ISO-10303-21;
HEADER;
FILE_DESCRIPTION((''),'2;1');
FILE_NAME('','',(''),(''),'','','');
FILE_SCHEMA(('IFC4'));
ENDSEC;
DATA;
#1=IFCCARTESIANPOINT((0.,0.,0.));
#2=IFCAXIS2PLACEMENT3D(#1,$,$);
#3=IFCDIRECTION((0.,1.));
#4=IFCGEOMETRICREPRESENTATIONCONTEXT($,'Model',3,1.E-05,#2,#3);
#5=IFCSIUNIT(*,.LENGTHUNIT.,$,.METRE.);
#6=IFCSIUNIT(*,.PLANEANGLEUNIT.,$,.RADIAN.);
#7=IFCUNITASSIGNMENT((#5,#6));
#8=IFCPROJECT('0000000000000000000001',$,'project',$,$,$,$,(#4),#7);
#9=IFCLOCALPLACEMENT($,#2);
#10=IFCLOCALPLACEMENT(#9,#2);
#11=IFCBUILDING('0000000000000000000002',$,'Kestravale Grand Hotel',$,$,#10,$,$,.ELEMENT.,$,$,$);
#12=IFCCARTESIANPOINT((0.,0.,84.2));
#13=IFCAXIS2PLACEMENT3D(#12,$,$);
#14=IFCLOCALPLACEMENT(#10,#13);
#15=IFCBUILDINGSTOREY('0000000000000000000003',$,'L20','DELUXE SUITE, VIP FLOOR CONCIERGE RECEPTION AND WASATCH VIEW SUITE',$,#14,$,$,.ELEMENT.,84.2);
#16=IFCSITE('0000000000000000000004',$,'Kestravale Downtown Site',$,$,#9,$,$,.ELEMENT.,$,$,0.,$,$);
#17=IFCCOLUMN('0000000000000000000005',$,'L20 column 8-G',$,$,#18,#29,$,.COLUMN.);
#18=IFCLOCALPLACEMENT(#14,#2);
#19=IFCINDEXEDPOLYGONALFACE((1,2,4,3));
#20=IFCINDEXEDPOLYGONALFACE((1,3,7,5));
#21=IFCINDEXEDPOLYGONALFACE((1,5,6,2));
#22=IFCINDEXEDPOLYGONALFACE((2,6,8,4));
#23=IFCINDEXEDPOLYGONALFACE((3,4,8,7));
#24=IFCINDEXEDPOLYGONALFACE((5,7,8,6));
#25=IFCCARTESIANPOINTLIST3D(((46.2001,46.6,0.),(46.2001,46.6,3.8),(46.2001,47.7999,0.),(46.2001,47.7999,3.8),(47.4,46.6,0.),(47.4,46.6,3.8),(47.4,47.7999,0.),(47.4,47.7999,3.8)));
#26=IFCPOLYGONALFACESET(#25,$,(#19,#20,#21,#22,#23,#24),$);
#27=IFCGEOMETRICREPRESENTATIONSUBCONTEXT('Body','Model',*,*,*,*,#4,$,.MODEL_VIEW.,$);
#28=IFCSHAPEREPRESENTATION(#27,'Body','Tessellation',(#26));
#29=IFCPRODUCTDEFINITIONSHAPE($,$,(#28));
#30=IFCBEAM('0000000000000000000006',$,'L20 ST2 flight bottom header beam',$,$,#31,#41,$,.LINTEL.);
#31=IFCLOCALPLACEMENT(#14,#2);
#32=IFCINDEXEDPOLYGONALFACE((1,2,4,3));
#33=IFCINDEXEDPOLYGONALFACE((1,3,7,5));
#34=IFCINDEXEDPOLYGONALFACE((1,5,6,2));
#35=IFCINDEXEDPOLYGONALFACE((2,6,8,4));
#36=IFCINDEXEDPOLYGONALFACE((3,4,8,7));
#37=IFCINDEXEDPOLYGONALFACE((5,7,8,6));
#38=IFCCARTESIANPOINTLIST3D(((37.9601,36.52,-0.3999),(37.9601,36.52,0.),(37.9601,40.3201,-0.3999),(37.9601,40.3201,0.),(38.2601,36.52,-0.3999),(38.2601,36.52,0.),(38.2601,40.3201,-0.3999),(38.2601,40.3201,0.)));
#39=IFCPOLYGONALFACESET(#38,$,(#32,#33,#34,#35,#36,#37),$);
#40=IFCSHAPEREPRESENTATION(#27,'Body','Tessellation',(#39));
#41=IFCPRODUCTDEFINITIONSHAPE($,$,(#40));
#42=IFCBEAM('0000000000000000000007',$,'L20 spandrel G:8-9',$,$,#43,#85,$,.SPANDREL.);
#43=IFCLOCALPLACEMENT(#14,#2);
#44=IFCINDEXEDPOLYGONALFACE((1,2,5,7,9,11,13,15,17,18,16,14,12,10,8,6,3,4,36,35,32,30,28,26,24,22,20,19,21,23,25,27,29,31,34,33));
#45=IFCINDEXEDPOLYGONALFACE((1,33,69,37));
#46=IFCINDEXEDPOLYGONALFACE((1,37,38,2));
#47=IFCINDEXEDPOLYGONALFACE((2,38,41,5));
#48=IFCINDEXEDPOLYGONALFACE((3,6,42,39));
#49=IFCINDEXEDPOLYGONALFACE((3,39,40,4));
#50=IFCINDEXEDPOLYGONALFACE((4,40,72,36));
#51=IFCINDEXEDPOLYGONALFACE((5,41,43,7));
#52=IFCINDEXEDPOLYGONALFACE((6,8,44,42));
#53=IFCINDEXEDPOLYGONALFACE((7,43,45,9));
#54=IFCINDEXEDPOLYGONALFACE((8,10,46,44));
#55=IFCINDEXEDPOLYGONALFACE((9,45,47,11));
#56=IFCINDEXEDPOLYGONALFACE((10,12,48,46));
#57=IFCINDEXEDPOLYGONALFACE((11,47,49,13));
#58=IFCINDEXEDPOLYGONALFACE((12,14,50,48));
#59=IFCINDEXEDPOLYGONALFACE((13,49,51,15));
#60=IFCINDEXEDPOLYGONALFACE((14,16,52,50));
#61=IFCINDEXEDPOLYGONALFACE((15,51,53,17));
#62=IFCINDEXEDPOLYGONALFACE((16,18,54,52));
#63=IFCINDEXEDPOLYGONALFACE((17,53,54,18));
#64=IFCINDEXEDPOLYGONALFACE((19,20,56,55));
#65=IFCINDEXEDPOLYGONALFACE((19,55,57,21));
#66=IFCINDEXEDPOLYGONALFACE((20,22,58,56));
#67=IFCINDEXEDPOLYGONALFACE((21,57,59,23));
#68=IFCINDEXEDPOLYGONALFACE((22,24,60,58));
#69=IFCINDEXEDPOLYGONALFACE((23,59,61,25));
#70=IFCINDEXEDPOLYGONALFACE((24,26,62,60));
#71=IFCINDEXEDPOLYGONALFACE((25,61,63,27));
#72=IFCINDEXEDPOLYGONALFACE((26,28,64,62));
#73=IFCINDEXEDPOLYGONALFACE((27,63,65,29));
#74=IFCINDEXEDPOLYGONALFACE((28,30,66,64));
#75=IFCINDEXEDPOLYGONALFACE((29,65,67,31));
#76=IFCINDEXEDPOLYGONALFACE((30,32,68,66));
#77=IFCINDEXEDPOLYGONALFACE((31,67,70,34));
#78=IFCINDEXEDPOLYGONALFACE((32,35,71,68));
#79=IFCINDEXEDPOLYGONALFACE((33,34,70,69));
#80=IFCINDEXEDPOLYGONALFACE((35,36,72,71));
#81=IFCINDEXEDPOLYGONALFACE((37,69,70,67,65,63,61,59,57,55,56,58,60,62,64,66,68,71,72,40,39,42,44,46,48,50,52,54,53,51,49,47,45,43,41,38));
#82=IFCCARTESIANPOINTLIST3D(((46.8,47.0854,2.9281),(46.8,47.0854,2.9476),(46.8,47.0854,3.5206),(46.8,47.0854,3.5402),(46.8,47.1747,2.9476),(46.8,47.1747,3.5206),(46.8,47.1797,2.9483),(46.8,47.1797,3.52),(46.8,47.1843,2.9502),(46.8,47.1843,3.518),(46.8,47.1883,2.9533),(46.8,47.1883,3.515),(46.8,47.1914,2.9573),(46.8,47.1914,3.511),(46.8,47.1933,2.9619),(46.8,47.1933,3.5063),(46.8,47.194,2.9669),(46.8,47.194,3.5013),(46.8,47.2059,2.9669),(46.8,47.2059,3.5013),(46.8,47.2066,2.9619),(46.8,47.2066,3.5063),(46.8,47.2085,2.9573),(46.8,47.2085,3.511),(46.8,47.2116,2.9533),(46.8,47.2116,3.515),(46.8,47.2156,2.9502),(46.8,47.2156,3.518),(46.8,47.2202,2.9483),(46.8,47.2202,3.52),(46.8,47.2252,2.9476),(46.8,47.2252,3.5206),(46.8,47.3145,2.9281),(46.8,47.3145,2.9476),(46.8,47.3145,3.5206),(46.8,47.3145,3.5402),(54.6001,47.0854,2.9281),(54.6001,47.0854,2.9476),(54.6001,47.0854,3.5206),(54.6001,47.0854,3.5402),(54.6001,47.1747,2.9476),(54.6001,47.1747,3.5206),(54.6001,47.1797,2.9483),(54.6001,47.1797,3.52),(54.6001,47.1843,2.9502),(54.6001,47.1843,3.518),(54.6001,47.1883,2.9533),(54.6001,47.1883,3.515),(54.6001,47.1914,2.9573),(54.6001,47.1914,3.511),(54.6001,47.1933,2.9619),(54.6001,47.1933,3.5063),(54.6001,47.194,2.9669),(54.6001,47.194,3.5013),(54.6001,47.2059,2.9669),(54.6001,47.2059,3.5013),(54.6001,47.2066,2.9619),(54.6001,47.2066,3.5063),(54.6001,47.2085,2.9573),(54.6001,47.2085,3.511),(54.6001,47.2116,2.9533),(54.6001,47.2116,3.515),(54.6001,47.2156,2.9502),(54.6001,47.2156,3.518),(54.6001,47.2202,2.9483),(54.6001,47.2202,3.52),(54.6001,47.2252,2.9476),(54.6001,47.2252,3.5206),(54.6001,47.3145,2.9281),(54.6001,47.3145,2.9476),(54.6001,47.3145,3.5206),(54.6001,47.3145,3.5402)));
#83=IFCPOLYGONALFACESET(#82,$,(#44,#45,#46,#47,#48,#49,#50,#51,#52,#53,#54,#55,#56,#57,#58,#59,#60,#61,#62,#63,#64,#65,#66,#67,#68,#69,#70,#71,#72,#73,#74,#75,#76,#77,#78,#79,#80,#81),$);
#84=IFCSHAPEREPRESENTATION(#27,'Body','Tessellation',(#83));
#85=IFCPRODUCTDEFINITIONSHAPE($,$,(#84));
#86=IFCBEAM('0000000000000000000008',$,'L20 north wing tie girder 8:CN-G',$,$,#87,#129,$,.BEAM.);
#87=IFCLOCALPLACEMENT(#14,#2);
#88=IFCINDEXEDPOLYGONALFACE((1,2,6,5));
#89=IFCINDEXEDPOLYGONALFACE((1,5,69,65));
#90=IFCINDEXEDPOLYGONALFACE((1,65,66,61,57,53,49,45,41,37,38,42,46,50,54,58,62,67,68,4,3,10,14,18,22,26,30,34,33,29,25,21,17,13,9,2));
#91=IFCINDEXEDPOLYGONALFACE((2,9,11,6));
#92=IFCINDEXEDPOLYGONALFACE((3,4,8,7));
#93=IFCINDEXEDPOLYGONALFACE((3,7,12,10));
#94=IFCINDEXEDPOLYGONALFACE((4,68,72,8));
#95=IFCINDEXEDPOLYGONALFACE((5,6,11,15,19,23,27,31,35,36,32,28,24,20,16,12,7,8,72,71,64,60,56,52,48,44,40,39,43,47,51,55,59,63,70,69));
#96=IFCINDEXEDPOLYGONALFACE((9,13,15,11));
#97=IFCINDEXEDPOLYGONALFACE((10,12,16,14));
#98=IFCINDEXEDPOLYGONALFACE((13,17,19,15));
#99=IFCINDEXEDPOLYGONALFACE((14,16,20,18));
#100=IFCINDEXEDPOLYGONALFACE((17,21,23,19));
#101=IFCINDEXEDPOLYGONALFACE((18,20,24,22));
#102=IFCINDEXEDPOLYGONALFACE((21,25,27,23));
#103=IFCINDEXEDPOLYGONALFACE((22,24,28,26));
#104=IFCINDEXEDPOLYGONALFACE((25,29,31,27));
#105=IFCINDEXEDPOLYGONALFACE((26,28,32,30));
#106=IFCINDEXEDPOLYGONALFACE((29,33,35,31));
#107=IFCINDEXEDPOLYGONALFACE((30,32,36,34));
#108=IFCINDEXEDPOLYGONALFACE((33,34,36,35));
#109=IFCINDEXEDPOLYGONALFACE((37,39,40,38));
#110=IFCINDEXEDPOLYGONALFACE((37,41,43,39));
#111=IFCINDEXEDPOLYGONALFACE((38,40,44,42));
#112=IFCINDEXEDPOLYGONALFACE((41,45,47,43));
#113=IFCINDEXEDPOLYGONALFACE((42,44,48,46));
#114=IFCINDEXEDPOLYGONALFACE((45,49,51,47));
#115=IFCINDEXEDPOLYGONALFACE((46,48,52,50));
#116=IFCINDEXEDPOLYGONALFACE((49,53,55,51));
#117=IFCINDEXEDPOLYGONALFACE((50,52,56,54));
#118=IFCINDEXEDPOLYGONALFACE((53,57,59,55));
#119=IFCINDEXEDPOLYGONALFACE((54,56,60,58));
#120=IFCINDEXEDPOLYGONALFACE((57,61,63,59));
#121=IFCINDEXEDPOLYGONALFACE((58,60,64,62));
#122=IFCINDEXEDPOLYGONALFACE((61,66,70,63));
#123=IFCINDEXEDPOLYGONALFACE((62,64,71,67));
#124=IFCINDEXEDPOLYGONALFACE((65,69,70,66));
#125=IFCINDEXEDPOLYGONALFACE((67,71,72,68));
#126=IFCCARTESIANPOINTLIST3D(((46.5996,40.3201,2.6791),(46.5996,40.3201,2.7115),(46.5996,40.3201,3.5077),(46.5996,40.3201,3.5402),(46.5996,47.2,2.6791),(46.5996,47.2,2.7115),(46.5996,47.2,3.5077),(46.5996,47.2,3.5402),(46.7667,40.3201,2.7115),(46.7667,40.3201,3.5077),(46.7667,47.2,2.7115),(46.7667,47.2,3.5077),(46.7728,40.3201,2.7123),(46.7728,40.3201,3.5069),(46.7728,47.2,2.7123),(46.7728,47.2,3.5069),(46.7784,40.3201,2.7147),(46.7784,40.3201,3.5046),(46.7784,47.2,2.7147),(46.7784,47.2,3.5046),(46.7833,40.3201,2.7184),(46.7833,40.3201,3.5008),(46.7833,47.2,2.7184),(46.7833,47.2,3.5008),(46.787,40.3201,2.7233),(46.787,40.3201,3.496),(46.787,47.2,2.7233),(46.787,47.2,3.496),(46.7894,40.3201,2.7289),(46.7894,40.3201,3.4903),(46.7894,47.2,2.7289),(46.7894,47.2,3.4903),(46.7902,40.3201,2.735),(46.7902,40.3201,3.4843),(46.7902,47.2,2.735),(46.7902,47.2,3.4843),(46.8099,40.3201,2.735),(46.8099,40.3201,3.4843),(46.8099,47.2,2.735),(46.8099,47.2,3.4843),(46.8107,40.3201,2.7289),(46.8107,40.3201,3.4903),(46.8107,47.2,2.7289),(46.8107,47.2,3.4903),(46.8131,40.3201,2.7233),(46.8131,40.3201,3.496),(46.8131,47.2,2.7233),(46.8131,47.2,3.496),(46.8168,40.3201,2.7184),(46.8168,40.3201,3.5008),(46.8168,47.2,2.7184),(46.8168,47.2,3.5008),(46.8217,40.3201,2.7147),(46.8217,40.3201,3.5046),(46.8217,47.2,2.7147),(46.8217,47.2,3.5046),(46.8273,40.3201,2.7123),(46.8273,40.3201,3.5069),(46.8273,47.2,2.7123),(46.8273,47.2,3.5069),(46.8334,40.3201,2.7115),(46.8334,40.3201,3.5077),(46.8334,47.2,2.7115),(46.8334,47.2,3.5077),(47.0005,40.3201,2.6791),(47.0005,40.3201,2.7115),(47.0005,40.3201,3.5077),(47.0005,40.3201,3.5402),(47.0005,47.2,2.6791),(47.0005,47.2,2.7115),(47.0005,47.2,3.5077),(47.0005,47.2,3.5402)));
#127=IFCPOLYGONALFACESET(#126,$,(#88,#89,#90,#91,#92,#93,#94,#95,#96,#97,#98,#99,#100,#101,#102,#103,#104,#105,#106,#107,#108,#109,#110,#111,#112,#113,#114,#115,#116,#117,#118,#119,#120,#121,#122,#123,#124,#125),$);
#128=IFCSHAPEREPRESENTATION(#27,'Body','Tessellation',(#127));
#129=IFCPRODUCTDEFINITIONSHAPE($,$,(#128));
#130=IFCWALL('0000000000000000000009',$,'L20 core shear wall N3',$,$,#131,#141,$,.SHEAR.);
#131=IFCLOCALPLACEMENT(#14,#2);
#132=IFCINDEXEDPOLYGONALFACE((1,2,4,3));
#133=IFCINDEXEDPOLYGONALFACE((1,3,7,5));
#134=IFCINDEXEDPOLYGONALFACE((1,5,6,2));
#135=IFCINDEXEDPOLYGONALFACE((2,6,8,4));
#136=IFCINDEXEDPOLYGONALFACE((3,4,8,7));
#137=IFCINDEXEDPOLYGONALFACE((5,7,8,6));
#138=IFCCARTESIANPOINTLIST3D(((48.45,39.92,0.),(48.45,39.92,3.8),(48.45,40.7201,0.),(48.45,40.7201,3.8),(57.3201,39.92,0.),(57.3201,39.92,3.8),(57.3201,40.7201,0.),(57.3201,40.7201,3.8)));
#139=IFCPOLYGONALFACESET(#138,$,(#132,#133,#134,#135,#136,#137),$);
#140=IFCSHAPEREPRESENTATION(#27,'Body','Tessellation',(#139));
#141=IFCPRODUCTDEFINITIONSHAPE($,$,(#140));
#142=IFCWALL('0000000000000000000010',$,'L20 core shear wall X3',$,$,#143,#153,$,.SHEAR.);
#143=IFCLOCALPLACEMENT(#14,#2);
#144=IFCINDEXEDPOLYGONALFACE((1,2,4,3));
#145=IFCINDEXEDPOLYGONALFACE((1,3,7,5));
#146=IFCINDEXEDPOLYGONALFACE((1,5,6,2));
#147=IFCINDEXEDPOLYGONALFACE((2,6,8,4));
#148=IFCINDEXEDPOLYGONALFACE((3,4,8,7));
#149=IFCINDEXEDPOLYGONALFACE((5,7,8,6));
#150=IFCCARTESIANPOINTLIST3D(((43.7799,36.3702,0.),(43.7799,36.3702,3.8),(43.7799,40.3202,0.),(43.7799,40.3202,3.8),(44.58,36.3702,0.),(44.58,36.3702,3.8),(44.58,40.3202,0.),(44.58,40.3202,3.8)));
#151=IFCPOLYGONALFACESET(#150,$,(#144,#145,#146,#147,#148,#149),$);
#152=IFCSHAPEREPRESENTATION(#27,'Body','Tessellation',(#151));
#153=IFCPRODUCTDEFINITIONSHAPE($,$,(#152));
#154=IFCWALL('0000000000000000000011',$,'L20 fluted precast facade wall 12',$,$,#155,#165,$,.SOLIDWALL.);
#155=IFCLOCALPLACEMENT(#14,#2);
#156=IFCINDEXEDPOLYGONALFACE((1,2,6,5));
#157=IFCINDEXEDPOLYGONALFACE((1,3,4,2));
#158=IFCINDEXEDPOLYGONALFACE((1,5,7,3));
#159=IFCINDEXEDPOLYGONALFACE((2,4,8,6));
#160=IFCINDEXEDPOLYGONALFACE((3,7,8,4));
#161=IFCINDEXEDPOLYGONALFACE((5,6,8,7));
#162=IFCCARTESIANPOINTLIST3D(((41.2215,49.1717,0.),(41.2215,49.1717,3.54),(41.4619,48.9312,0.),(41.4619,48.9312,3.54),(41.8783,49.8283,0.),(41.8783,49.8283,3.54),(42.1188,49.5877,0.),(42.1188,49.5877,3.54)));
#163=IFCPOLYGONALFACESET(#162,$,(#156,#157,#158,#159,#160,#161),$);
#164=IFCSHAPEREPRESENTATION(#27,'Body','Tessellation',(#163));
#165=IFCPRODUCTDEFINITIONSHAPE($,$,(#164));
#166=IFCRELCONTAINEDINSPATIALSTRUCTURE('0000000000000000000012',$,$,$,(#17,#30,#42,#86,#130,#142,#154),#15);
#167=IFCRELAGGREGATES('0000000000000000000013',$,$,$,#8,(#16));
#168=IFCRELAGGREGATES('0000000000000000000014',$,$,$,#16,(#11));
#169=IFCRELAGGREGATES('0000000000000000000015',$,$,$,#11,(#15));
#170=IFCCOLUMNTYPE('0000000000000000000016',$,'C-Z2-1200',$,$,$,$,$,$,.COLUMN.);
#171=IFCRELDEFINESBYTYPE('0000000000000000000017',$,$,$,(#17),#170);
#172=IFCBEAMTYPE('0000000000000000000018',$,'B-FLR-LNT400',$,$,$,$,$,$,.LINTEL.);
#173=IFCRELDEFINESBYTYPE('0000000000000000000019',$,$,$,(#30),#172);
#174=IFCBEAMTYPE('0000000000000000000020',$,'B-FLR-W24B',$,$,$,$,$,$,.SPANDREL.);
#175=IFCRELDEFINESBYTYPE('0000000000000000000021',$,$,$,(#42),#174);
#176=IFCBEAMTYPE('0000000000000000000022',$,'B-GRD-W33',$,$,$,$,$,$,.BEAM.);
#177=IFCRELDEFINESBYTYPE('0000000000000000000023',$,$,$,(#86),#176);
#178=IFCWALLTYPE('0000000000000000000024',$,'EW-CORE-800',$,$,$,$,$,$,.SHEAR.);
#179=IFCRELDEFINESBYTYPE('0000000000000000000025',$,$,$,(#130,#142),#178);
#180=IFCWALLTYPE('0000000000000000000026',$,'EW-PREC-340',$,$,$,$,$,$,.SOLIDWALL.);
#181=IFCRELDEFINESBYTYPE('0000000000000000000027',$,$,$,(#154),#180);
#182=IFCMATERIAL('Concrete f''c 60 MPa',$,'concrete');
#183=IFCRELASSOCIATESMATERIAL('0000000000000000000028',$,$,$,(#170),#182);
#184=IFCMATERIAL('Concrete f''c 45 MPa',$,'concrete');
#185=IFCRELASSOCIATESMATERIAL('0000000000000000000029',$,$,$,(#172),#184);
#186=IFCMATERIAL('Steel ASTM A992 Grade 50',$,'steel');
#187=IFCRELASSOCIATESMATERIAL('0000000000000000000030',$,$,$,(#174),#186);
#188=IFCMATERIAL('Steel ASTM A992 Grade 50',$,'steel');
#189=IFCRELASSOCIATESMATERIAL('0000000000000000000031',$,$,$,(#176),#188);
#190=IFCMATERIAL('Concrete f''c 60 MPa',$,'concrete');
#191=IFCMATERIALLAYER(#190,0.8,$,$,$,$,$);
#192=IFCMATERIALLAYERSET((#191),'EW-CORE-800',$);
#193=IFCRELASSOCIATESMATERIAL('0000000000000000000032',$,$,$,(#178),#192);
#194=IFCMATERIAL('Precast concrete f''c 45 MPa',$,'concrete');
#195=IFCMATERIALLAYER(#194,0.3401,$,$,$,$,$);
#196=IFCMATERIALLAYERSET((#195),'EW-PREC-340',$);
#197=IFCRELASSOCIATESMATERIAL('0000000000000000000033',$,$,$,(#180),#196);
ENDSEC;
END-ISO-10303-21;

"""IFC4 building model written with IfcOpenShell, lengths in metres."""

from ifc_helpers import new_model, si_unit, direction, frame, frame_2d, origin, origin_2d, place, context, subcontext, project, spatial, rectangle, i_section, extrude, material, layer, layer_set, material_profile, profile_set, type_object, element, save


model = new_model("IFC4")

# Units and contexts
model_context = context("Model", 3, precision=1e-05, world=origin(), true_north=direction((0.0, 1.0)))
body_context = subcontext(model_context, "Body", "Model", "MODEL_VIEW")
ifc_project = project(units=[si_unit("LENGTHUNIT", "METRE"), si_unit("PLANEANGLEUNIT", "RADIAN")], contexts=[model_context])

# Site, building, storey
site_placement = place(None, origin())
site = spatial("IfcSite", under=ifc_project, at=site_placement, Name="Kestravale Downtown Site", CompositionType="ELEMENT", RefElevation=0.0)
building_placement = place(site_placement, origin())
building = spatial("IfcBuilding", under=site, at=building_placement, Name="Kestravale Grand Hotel", CompositionType="ELEMENT")
storey_placement = place(building_placement, frame((0.0, 0.0, 84.2)))
storey = spatial("IfcBuildingStorey", under=building, at=storey_placement, Name="L20", Description="DELUXE SUITE, VIP FLOOR CONCIERGE RECEPTION AND WASATCH VIEW SUITE", CompositionType="ELEMENT", Elevation=84.2)

# Column
ifc_material_1 = material(Name="Concrete f'c 60 MPa", Category="concrete")
ifc_material_profile_1 = material_profile(ifc_material_1, rectangle(XDim=1.2, YDim=1.2, at=origin_2d()))
ifc_profile_set_1 = profile_set([ifc_material_profile_1], Name="Concrete f'c 60 MPa")
column_type = type_object("IfcColumnType", Name="C-Z2-1200", PredefinedType="COLUMN", material=ifc_profile_set_1)
column_placement = place(storey_placement, frame((46.8, 47.2, 0.0), z_axis=(0.0, 0.0, 1.0), x_axis=(1.0, 0.0, 0.0)))
element("IfcColumn", 1, at=column_placement, inside=storey, type_object=column_type, Name="L20 column 8-G", PredefinedType="COLUMN", context=body_context, shape_type="SweptSolid", body=[
    extrude(rectangle(XDim=1.2, YDim=1.2, at=origin_2d()), origin(), (0.0, 0.0, 1.0), 3.8),
])

# Beams
ifc_material_2 = material(Name="Concrete f'c 45 MPa", Category="concrete")
ifc_material_profile_2 = material_profile(ifc_material_2, rectangle(XDim=0.3, YDim=0.3999, at=origin_2d()))
ifc_profile_set_2 = profile_set([ifc_material_profile_2], Name="Concrete f'c 45 MPa")
beam_type_1 = type_object("IfcBeamType", Name="B-FLR-LNT400", PredefinedType="LINTEL", material=ifc_profile_set_2)
beam_1_placement = place(storey_placement, frame((38.1101, 36.52, -0.2), z_axis=(0.0, 1.0, 0.0), x_axis=(-1.0, 0.0, 0.0)))
element("IfcBeam", 2, at=beam_1_placement, inside=storey, type_object=beam_type_1, Name="L20 ST2 flight bottom header beam", PredefinedType="LINTEL", context=body_context, shape_type="SweptSolid", body=[
    extrude(rectangle(XDim=0.3, YDim=0.3999, at=origin_2d()), origin(), (0.0, 0.0, 1.0), 3.8),
])
ifc_material_3 = material(Name="Steel ASTM A992 Grade 50", Category="steel")
ifc_material_profile_3 = material_profile(ifc_material_3, i_section(OverallWidth=0.229, OverallDepth=0.6121, WebThickness=0.012, FlangeThickness=0.0195, FilletRadius=0.0193, at=origin_2d()))
ifc_profile_set_3 = profile_set([ifc_material_profile_3], Name="Steel ASTM A992 Grade 50")
beam_type_2 = type_object("IfcBeamType", Name="B-FLR-W24B", PredefinedType="SPANDREL", material=ifc_profile_set_3)
beam_2_placement = place(storey_placement, frame((46.8, 47.2, 3.2341), z_axis=(1.0, 0.0, 0.0), x_axis=(0.0, 1.0, 0.0)))
element("IfcBeam", 3, at=beam_2_placement, inside=storey, type_object=beam_type_2, Name="L20 spandrel G:8-9", PredefinedType="SPANDREL", context=body_context, shape_type="SweptSolid", body=[
    extrude(i_section(OverallWidth=0.229, OverallDepth=0.6121, WebThickness=0.012, FlangeThickness=0.0195, FilletRadius=0.0193, at=origin_2d()), origin(), (0.0, 0.0, 1.0), 7.8),
])
ifc_material_4 = material(Name="Steel ASTM A992 Grade 50", Category="steel")
ifc_material_profile_4 = material_profile(ifc_material_4, i_section(OverallWidth=0.4009, OverallDepth=0.8611, WebThickness=0.0198, FlangeThickness=0.0325, FilletRadius=0.0234, at=origin_2d()))
ifc_profile_set_4 = profile_set([ifc_material_profile_4], Name="Steel ASTM A992 Grade 50")
beam_type_3 = type_object("IfcBeamType", Name="B-GRD-W33", PredefinedType="BEAM", material=ifc_profile_set_4)
beam_3_placement = place(storey_placement, frame((46.8, 40.3201, 3.1096), z_axis=(0.0, 1.0, 0.0), x_axis=(-1.0, 0.0, 0.0)))
element("IfcBeam", 4, at=beam_3_placement, inside=storey, type_object=beam_type_3, Name="L20 north wing tie girder 8:CN-G", PredefinedType="BEAM", context=body_context, shape_type="SweptSolid", body=[
    extrude(i_section(OverallWidth=0.4009, OverallDepth=0.8611, WebThickness=0.0198, FlangeThickness=0.0325, FilletRadius=0.0234, at=origin_2d()), origin(), (0.0, 0.0, 1.0), 6.8799),
])

# Walls
ifc_material_5 = material(Name="Concrete f'c 60 MPa", Category="concrete")
ifc_layer_1 = layer(ifc_material_5, 0.8)
ifc_layer_set_1 = layer_set([ifc_layer_1], Name="EW-CORE-800")
wall_type_1 = type_object("IfcWallType", Name="EW-CORE-800", PredefinedType="SHEAR", material=ifc_layer_set_1)
wall_1_placement = place(storey_placement, frame((48.45, 40.3201, 0.0), z_axis=(0.0, 0.0, 1.0), x_axis=(1.0, 0.0, 0.0)))
element("IfcWall", 5, at=wall_1_placement, inside=storey, type_object=wall_type_1, Name="L20 core shear wall N3", PredefinedType="SHEAR", context=body_context, shape_type="SweptSolid", body=[
    extrude(rectangle(XDim=8.8701, YDim=0.8, at=frame_2d((4.4351, 0.0))), origin(), (0.0, 0.0, 1.0), 3.8),
])
wall_2_placement = place(storey_placement, frame((44.1799, 36.3701, 0.0), z_axis=(0.0, 0.0, 1.0), x_axis=(0.0, 1.0, 0.0)))
element("IfcWall", 6, at=wall_2_placement, inside=storey, type_object=wall_type_1, Name="L20 core shear wall X3", PredefinedType="SHEAR", context=body_context, shape_type="SweptSolid", body=[
    extrude(rectangle(XDim=3.95, YDim=0.8, at=frame_2d((1.9751, 0.0))), origin(), (0.0, 0.0, 1.0), 3.8),
])
ifc_material_6 = material(Name="Precast concrete f'c 45 MPa", Category="concrete")
ifc_layer_2 = layer(ifc_material_6, 0.3401)
ifc_layer_set_2 = layer_set([ifc_layer_2], Name="EW-PREC-340")
wall_type_2 = type_object("IfcWallType", Name="EW-PREC-340", PredefinedType="SOLIDWALL", material=ifc_layer_set_2)
wall_3_placement = place(storey_placement, frame((41.9985, 49.708, 0.0), z_axis=(0.0, 0.0, 1.0), x_axis=(-0.707238, -0.706975, 0.0)))
element("IfcWall", 7, at=wall_3_placement, inside=storey, type_object=wall_type_2, Name="L20 fluted precast facade wall 12", PredefinedType="SOLIDWALL", context=body_context, shape_type="SweptSolid", body=[
    extrude(rectangle(XDim=0.9287, YDim=0.3401, at=frame_2d((0.4644, 0.0))), origin(), (0.0, 0.0, 1.0), 3.54),
])

save(model, "model.ifc")
